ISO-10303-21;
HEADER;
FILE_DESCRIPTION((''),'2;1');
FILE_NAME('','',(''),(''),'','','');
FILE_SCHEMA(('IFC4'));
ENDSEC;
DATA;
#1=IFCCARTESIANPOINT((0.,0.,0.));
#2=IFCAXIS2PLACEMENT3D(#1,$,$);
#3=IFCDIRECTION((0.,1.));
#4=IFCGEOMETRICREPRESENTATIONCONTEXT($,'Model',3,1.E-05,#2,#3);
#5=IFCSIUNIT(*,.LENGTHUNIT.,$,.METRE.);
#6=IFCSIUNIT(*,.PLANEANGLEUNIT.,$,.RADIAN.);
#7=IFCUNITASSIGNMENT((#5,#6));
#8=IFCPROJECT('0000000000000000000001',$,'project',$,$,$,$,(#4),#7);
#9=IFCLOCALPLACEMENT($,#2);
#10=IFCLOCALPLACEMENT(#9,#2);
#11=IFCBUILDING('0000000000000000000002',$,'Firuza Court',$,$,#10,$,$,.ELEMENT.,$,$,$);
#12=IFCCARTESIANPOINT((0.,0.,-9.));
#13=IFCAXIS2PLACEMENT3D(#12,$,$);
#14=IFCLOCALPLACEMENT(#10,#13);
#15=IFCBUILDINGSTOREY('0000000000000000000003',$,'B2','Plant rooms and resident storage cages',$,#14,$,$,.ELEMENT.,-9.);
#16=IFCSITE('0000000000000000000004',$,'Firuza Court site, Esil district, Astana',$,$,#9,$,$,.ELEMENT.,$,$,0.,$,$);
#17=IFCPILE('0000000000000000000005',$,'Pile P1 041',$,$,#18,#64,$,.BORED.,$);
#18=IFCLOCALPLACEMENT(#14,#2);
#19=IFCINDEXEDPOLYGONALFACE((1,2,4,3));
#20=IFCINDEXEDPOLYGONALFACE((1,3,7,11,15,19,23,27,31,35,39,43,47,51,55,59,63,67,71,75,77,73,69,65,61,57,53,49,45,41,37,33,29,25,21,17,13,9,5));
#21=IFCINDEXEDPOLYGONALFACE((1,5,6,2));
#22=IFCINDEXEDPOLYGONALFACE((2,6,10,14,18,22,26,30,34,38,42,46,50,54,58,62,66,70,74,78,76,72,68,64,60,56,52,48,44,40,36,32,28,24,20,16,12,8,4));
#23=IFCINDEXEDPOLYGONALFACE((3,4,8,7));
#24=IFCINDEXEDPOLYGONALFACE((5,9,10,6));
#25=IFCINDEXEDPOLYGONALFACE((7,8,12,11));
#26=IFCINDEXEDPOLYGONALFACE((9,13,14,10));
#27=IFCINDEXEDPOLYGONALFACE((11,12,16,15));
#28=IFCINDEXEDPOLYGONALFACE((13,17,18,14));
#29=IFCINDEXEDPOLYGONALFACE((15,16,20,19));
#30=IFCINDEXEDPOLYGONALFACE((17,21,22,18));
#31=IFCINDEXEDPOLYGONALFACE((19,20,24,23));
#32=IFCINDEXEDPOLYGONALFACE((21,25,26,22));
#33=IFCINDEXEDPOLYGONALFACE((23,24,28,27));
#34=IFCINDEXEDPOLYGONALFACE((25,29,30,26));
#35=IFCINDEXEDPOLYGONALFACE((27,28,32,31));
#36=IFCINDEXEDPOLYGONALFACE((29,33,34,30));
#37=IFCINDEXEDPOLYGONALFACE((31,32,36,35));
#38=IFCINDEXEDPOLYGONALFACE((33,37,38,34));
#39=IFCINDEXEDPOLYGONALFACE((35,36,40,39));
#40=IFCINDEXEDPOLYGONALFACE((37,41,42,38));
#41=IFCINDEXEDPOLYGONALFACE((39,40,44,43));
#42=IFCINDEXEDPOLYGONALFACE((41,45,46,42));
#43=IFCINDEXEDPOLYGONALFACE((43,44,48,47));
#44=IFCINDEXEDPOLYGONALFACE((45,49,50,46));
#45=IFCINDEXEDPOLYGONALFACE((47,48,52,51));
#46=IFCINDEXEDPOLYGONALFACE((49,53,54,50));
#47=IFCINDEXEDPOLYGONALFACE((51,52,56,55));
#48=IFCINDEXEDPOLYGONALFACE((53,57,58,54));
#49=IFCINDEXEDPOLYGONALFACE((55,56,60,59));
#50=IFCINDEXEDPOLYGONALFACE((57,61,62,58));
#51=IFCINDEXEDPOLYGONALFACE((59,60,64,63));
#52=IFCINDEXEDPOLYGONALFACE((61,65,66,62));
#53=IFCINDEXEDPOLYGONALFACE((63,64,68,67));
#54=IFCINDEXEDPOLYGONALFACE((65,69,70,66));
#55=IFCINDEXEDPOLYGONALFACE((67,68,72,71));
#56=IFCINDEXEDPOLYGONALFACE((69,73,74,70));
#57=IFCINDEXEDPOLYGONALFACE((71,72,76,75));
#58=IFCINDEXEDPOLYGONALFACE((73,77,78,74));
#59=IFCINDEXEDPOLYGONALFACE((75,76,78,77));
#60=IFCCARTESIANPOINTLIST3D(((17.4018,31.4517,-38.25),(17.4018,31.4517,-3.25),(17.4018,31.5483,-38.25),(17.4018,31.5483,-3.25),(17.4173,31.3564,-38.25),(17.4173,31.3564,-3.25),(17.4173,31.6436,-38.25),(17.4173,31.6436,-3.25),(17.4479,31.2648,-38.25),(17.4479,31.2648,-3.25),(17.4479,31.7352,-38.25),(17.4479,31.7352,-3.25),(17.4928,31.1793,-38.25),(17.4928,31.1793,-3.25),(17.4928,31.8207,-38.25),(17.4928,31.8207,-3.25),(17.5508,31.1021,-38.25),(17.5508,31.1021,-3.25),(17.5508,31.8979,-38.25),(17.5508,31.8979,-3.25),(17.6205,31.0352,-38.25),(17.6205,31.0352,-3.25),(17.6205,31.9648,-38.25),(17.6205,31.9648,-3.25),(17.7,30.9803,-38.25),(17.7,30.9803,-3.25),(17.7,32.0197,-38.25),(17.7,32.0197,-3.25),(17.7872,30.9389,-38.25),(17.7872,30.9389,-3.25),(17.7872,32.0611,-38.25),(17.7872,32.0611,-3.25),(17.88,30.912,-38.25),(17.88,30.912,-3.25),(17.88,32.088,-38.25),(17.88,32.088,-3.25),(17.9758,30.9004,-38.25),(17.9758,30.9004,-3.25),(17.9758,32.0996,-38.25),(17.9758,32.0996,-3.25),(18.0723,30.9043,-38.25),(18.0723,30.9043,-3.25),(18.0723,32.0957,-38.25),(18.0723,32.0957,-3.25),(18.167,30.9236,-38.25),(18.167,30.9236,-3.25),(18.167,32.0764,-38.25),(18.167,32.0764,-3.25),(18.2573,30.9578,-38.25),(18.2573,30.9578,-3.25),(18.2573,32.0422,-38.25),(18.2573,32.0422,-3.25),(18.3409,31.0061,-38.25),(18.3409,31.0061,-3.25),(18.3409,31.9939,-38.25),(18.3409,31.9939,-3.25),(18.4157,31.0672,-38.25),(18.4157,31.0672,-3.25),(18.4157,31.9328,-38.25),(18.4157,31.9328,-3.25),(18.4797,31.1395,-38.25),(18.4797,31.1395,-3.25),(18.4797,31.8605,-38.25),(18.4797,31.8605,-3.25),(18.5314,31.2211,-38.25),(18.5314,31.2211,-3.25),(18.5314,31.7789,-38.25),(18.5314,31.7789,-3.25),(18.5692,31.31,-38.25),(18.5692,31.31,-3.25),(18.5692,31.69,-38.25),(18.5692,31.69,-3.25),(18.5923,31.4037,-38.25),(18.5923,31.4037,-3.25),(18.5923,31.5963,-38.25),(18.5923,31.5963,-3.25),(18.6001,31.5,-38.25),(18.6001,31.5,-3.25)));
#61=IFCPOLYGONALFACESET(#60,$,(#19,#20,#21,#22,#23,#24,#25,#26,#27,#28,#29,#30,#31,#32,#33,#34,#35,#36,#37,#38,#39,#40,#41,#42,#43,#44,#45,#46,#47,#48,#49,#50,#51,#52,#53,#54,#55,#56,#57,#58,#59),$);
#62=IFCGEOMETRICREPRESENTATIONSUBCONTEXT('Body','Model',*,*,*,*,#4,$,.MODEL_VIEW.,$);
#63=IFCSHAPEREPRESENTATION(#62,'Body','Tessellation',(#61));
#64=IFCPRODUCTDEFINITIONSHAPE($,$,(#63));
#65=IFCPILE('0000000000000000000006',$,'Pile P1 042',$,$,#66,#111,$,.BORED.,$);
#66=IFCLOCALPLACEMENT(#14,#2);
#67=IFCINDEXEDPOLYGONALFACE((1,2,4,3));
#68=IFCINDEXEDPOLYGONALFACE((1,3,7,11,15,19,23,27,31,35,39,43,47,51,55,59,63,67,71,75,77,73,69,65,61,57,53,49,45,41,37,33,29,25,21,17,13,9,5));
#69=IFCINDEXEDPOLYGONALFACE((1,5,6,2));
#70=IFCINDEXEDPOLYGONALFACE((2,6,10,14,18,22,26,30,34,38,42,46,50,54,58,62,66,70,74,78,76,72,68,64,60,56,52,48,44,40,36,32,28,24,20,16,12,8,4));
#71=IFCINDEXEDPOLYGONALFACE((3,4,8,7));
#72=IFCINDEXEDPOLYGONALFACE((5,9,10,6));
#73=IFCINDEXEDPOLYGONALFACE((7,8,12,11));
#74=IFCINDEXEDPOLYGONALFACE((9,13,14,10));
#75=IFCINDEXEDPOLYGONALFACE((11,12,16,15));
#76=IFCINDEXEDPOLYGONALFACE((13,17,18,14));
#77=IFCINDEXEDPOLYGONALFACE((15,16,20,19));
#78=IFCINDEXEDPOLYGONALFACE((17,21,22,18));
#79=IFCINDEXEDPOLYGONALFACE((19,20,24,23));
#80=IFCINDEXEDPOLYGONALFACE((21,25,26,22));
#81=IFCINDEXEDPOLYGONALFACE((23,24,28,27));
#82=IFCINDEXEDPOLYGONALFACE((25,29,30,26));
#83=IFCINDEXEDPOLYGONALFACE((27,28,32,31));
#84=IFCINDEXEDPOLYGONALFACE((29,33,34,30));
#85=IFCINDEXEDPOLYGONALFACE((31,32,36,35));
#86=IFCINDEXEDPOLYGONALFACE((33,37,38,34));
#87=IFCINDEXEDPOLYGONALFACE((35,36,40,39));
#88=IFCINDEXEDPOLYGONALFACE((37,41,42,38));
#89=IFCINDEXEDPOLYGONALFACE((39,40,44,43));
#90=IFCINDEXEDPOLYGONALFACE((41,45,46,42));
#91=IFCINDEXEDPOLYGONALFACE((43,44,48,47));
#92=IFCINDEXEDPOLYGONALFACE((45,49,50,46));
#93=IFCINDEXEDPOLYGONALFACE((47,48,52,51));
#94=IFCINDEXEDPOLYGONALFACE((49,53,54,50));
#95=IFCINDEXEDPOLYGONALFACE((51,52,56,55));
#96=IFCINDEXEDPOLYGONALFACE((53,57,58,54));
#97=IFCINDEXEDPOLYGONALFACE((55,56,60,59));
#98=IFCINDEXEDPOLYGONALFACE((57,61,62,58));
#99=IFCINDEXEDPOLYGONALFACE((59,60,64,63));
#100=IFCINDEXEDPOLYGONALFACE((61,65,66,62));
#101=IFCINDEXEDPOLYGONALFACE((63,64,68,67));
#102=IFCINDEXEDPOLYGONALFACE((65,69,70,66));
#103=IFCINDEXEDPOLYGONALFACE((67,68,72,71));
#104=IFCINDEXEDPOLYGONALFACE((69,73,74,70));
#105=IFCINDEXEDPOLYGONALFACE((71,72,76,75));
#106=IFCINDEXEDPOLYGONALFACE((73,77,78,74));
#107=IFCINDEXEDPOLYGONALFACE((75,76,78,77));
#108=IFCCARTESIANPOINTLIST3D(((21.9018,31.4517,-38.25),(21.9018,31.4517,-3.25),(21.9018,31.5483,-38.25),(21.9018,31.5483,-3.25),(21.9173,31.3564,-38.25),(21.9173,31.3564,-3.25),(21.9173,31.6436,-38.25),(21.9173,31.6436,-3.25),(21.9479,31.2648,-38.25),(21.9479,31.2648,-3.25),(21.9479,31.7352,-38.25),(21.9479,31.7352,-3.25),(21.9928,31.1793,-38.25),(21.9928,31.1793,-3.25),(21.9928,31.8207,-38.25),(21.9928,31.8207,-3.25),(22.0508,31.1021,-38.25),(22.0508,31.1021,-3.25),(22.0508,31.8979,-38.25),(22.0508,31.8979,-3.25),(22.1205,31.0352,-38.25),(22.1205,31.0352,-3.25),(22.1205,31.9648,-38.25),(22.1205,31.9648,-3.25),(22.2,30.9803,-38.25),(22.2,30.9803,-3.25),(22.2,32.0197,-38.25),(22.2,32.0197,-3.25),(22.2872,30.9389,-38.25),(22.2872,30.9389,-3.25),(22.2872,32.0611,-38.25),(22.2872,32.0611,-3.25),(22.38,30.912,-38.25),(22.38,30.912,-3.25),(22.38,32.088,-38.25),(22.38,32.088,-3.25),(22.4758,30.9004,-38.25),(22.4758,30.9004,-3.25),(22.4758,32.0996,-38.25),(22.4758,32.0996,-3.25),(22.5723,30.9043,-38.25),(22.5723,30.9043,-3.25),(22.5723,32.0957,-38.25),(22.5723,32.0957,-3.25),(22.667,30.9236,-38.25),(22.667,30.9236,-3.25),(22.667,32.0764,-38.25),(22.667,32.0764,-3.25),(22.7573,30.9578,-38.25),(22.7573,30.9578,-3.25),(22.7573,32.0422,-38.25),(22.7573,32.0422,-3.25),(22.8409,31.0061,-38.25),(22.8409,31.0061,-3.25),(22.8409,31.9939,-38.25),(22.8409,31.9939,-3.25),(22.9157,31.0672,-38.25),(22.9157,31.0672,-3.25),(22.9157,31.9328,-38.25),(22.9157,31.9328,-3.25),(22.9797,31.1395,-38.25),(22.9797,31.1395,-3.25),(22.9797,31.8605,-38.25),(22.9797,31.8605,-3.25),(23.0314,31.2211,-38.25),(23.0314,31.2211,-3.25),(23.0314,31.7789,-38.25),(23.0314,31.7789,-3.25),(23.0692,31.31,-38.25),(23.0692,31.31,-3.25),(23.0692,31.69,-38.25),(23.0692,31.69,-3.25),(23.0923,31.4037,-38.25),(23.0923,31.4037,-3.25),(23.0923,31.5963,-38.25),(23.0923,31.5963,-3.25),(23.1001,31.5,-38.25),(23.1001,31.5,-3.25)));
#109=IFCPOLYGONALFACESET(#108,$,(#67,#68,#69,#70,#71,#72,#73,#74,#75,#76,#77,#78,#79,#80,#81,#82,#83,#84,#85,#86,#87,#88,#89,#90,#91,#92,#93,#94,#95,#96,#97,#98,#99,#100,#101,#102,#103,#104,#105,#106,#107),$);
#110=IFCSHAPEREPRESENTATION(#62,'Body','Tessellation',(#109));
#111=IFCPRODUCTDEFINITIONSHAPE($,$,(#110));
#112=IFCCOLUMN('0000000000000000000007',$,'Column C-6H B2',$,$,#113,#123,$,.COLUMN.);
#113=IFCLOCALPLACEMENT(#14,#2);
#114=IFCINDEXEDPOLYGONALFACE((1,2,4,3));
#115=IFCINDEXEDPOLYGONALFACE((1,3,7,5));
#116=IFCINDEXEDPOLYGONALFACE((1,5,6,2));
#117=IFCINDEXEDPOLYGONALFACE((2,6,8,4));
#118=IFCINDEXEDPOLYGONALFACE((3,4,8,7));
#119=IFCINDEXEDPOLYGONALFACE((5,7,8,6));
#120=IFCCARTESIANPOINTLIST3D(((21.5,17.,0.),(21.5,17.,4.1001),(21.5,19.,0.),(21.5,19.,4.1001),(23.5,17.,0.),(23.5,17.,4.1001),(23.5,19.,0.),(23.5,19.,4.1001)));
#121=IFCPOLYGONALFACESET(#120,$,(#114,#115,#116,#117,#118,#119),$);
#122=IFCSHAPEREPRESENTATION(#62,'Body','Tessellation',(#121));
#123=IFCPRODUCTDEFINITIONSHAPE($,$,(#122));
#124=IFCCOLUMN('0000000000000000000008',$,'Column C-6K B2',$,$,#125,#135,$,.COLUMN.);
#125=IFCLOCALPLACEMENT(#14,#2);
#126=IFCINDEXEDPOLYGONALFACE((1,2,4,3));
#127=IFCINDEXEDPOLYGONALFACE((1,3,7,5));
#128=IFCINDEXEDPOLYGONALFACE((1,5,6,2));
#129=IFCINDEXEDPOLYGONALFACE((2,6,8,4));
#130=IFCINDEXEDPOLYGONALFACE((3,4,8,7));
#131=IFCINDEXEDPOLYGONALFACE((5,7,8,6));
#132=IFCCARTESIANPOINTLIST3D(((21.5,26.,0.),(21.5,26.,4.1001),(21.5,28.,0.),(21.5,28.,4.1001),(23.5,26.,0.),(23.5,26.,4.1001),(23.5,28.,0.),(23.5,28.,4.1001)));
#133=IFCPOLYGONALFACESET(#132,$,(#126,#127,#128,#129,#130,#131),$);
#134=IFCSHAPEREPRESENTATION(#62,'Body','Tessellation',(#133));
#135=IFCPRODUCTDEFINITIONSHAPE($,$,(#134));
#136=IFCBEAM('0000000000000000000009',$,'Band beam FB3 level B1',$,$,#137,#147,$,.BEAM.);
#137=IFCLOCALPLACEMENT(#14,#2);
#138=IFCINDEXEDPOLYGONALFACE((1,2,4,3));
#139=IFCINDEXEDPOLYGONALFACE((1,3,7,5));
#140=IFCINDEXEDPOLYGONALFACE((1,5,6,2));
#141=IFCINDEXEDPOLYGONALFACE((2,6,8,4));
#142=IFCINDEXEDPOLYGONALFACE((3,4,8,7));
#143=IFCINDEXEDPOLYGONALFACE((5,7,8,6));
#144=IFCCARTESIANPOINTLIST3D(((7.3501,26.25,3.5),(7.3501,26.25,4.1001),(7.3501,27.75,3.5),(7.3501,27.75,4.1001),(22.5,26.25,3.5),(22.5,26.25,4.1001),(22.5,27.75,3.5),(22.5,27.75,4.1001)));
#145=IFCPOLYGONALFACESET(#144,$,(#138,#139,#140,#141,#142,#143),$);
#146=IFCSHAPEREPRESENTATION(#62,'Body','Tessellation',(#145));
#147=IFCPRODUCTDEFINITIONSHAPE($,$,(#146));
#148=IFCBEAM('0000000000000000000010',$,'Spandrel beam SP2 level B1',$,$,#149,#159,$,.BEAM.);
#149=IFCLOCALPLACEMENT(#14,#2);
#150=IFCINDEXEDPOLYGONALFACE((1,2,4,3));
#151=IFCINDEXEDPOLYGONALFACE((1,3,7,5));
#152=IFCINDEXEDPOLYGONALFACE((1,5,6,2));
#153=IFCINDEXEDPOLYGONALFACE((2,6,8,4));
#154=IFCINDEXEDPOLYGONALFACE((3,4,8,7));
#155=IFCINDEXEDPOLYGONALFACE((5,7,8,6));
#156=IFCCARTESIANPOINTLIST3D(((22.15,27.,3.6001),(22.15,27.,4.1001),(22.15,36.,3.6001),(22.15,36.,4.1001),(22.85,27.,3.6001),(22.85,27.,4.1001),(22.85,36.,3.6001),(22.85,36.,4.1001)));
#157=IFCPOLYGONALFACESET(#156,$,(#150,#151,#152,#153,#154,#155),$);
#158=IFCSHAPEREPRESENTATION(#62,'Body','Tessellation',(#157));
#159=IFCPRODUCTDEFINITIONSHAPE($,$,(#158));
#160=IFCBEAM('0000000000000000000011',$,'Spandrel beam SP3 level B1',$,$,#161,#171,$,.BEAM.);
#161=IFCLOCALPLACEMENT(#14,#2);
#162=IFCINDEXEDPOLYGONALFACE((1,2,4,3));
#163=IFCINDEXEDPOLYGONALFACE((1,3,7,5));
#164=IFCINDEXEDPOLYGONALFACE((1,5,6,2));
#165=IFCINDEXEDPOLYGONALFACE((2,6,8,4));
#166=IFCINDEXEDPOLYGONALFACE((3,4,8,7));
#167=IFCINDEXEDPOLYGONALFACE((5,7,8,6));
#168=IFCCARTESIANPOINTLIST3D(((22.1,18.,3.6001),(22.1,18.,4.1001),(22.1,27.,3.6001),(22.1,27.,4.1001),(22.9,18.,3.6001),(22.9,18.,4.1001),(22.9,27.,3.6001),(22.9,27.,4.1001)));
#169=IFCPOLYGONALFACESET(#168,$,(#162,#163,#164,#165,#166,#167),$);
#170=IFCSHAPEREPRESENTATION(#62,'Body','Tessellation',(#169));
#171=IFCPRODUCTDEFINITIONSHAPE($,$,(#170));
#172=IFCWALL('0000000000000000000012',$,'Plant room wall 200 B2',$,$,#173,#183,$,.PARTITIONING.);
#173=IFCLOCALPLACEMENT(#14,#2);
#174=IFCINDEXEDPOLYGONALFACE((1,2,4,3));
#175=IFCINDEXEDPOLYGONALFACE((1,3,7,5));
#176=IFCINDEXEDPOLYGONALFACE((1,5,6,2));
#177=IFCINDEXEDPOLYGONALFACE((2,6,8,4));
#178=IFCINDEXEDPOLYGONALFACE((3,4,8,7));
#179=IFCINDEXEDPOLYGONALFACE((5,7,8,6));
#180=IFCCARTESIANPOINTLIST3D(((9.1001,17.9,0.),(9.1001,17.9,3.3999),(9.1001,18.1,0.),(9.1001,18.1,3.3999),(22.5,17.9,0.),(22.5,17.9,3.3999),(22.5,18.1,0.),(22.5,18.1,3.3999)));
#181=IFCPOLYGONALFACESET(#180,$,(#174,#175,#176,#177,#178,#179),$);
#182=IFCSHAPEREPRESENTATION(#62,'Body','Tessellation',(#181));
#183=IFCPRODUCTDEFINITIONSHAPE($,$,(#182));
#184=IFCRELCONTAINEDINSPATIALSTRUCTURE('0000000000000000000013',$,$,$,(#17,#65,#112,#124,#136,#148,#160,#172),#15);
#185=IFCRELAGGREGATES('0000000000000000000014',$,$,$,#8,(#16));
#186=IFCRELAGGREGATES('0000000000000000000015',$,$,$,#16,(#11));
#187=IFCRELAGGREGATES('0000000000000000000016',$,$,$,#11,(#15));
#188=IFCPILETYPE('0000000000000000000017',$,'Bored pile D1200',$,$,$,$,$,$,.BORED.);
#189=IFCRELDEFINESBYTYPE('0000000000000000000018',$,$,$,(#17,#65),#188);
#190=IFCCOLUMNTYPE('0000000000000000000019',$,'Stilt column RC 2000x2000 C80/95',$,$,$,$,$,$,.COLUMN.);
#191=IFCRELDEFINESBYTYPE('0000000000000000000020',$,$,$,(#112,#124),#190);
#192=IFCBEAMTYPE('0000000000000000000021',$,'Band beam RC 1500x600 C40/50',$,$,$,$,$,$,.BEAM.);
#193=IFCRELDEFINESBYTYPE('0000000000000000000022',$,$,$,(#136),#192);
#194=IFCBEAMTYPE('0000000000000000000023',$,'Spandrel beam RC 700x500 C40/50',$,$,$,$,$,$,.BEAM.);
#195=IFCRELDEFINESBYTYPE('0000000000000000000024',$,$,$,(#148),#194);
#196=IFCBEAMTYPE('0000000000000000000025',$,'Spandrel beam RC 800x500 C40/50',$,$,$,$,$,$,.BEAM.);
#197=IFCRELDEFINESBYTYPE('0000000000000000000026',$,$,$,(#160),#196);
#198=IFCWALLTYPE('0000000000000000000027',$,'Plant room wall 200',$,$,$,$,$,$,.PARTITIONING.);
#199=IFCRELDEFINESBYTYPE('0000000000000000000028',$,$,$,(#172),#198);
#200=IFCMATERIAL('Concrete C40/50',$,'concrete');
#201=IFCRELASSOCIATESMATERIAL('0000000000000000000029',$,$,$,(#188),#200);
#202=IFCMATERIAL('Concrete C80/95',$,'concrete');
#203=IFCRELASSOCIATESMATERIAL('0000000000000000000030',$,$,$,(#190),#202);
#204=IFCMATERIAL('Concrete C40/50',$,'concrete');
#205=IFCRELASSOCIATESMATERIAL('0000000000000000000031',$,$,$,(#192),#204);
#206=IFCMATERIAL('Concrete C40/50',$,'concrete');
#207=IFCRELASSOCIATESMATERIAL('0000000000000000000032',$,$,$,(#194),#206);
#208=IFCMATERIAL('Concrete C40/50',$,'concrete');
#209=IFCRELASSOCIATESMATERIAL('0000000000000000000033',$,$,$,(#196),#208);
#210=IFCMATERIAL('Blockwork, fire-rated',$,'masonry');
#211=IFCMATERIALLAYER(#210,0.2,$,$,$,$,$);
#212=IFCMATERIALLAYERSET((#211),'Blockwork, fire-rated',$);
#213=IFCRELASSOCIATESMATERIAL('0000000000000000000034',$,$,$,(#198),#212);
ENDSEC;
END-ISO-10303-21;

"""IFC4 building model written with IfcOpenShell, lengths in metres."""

from ifc_helpers import new_model, si_unit, direction, frame, frame_2d, origin, origin_2d, place, context, subcontext, project, spatial, rectangle, circle, extrude, material, layer, layer_set, material_profile, profile_set, type_object, element, save


model = new_model("IFC4")

# Units and contexts
model_context = context("Model", 3, precision=1e-05, world=origin(), true_north=direction((0.0, 1.0)))
body_context = subcontext(model_context, "Body", "Model", "MODEL_VIEW")
ifc_project = project(units=[si_unit("LENGTHUNIT", "METRE"), si_unit("PLANEANGLEUNIT", "RADIAN")], contexts=[model_context])

# Site, building, storey
site_placement = place(None, origin())
site = spatial("IfcSite", under=ifc_project, at=site_placement, Name="Firuza Court site, Esil district, Astana", CompositionType="ELEMENT", RefElevation=0.0)
building_placement = place(site_placement, origin())
building = spatial("IfcBuilding", under=site, at=building_placement, Name="Firuza Court", CompositionType="ELEMENT")
storey_placement = place(building_placement, frame((0.0, 0.0, -9.0)))
storey = spatial("IfcBuildingStorey", under=building, at=storey_placement, Name="B2", Description="Plant rooms and resident storage cages", CompositionType="ELEMENT", Elevation=-9.0)

# Piles
ifc_material_1 = material(Name="Concrete C40/50", Category="concrete")
ifc_material_profile_1 = material_profile(ifc_material_1, circle(Radius=0.6001, at=origin_2d()), Name="Pile D1200")
ifc_profile_set_1 = profile_set([ifc_material_profile_1], Name="Concrete C40/50")
pile_type = type_object("IfcPileType", Name="Bored pile D1200", PredefinedType="BORED", material=ifc_profile_set_1)
for number, where, z_axis, x_axis, name in (
    (1, (18.0, 31.5, -3.25), (0.0, 0.0, -1.0), (1.0, 0.0, 0.0), "Pile P1 041"),
    (2, (22.5, 31.5, -3.25), (0.0, 0.0, -1.0), (1.0, 0.0, 0.0), "Pile P1 042"),
):
    element("IfcPile", number, at=place(storey_placement, frame(where, z_axis=z_axis, x_axis=x_axis)), inside=storey, type_object=pile_type, Name=name, PredefinedType="BORED", context=body_context, shape_type="SweptSolid", body=[
        extrude(circle(Radius=0.6001, at=origin_2d()), origin(), (0.0, 0.0, 1.0), 35.0),
    ])

# Columns
ifc_material_2 = material(Name="Concrete C80/95", Category="concrete")
ifc_material_profile_2 = material_profile(ifc_material_2, rectangle(XDim=2.0, YDim=2.0, at=origin_2d()), Name="RC 2000x2000")
ifc_profile_set_2 = profile_set([ifc_material_profile_2], Name="Concrete C80/95")
column_type = type_object("IfcColumnType", Name="Stilt column RC 2000x2000 C80/95", PredefinedType="COLUMN", material=ifc_profile_set_2)
for number, where, z_axis, x_axis, name in (
    (3, (22.5, 18.0, 0.0), (0.0, 0.0, 1.0), (1.0, 0.0, 0.0), "Column C-6H B2"),
    (4, (22.5, 27.0, 0.0), (0.0, 0.0, 1.0), (1.0, 0.0, 0.0), "Column C-6K B2"),
):
    element("IfcColumn", number, at=place(storey_placement, frame(where, z_axis=z_axis, x_axis=x_axis)), inside=storey, type_object=column_type, Name=name, PredefinedType="COLUMN", context=body_context, shape_type="SweptSolid", body=[
        extrude(rectangle(XDim=2.0, YDim=2.0, at=origin_2d()), origin(), (0.0, 0.0, 1.0), 4.1001),
    ])

# Beams
ifc_material_3 = material(Name="Concrete C40/50", Category="concrete")
ifc_material_profile_3 = material_profile(ifc_material_3, rectangle(XDim=1.5, YDim=0.6001, at=origin_2d()), Name="RC 1500x600")
ifc_profile_set_3 = profile_set([ifc_material_profile_3], Name="Concrete C40/50")
beam_type_1 = type_object("IfcBeamType", Name="Band beam RC 1500x600 C40/50", PredefinedType="BEAM", material=ifc_profile_set_3)
beam_1_placement = place(storey_placement, frame((22.5, 27.0, 3.8), z_axis=(-1.0, 0.0, 0.0), x_axis=(0.0, -1.0, 0.0)))
element("IfcBeam", 5, at=beam_1_placement, inside=storey, type_object=beam_type_1, Name="Band beam FB3 level B1", PredefinedType="BEAM", context=body_context, shape_type="SweptSolid", body=[
    extrude(rectangle(XDim=1.5, YDim=0.6001, at=origin_2d()), origin(), (0.0, 0.0, 1.0), 15.1499),
])
ifc_material_4 = material(Name="Concrete C40/50", Category="concrete")
ifc_material_profile_4 = material_profile(ifc_material_4, rectangle(XDim=0.7, YDim=0.5, at=origin_2d()), Name="RC 700x500")
ifc_profile_set_4 = profile_set([ifc_material_profile_4], Name="Concrete C40/50")
beam_type_2 = type_object("IfcBeamType", Name="Spandrel beam RC 700x500 C40/50", PredefinedType="BEAM", material=ifc_profile_set_4)
beam_2_placement = place(storey_placement, frame((22.5, 27.0, 3.8501), z_axis=(0.0, 1.0, 0.0), x_axis=(-1.0, 0.0, 0.0)))
element("IfcBeam", 6, at=beam_2_placement, inside=storey, type_object=beam_type_2, Name="Spandrel beam SP2 level B1", PredefinedType="BEAM", context=body_context, shape_type="SweptSolid", body=[
    extrude(rectangle(XDim=0.7, YDim=0.5, at=origin_2d()), origin(), (0.0, 0.0, 1.0), 9.0),
])
ifc_material_5 = material(Name="Concrete C40/50", Category="concrete")
ifc_material_profile_5 = material_profile(ifc_material_5, rectangle(XDim=0.8, YDim=0.5, at=origin_2d()), Name="RC 800x500")
ifc_profile_set_5 = profile_set([ifc_material_profile_5], Name="Concrete C40/50")
beam_type_3 = type_object("IfcBeamType", Name="Spandrel beam RC 800x500 C40/50", PredefinedType="BEAM", material=ifc_profile_set_5)
beam_3_placement = place(storey_placement, frame((22.5, 18.0, 3.8501), z_axis=(0.0, 1.0, 0.0), x_axis=(-1.0, 0.0, 0.0)))
element("IfcBeam", 7, at=beam_3_placement, inside=storey, type_object=beam_type_3, Name="Spandrel beam SP3 level B1", PredefinedType="BEAM", context=body_context, shape_type="SweptSolid", body=[
    extrude(rectangle(XDim=0.8, YDim=0.5, at=origin_2d()), origin(), (0.0, 0.0, 1.0), 9.0),
])

# Wall
ifc_material_6 = material(Name="Blockwork, fire-rated", Category="masonry")
ifc_layer_1 = layer(ifc_material_6, 0.2)
ifc_layer_set_1 = layer_set([ifc_layer_1], Name="Blockwork, fire-rated")
wall_type_1 = type_object("IfcWallType", Name="Plant room wall 200", PredefinedType="PARTITIONING", material=ifc_layer_set_1)
wall_1_placement = place(storey_placement, frame((22.5, 18.0, 0.0), z_axis=(0.0, 0.0, 1.0), x_axis=(-1.0, 0.0, 0.0)))
element("IfcWall", 8, at=wall_1_placement, inside=storey, type_object=wall_type_1, Name="Plant room wall 200 B2", PredefinedType="PARTITIONING", context=body_context, shape_type="SweptSolid", body=[
    extrude(rectangle(XDim=13.3999, YDim=0.2, at=frame_2d((6.7, 0.0))), origin(), (0.0, 0.0, 1.0), 3.3999),
])

save(model, "model.ifc")
